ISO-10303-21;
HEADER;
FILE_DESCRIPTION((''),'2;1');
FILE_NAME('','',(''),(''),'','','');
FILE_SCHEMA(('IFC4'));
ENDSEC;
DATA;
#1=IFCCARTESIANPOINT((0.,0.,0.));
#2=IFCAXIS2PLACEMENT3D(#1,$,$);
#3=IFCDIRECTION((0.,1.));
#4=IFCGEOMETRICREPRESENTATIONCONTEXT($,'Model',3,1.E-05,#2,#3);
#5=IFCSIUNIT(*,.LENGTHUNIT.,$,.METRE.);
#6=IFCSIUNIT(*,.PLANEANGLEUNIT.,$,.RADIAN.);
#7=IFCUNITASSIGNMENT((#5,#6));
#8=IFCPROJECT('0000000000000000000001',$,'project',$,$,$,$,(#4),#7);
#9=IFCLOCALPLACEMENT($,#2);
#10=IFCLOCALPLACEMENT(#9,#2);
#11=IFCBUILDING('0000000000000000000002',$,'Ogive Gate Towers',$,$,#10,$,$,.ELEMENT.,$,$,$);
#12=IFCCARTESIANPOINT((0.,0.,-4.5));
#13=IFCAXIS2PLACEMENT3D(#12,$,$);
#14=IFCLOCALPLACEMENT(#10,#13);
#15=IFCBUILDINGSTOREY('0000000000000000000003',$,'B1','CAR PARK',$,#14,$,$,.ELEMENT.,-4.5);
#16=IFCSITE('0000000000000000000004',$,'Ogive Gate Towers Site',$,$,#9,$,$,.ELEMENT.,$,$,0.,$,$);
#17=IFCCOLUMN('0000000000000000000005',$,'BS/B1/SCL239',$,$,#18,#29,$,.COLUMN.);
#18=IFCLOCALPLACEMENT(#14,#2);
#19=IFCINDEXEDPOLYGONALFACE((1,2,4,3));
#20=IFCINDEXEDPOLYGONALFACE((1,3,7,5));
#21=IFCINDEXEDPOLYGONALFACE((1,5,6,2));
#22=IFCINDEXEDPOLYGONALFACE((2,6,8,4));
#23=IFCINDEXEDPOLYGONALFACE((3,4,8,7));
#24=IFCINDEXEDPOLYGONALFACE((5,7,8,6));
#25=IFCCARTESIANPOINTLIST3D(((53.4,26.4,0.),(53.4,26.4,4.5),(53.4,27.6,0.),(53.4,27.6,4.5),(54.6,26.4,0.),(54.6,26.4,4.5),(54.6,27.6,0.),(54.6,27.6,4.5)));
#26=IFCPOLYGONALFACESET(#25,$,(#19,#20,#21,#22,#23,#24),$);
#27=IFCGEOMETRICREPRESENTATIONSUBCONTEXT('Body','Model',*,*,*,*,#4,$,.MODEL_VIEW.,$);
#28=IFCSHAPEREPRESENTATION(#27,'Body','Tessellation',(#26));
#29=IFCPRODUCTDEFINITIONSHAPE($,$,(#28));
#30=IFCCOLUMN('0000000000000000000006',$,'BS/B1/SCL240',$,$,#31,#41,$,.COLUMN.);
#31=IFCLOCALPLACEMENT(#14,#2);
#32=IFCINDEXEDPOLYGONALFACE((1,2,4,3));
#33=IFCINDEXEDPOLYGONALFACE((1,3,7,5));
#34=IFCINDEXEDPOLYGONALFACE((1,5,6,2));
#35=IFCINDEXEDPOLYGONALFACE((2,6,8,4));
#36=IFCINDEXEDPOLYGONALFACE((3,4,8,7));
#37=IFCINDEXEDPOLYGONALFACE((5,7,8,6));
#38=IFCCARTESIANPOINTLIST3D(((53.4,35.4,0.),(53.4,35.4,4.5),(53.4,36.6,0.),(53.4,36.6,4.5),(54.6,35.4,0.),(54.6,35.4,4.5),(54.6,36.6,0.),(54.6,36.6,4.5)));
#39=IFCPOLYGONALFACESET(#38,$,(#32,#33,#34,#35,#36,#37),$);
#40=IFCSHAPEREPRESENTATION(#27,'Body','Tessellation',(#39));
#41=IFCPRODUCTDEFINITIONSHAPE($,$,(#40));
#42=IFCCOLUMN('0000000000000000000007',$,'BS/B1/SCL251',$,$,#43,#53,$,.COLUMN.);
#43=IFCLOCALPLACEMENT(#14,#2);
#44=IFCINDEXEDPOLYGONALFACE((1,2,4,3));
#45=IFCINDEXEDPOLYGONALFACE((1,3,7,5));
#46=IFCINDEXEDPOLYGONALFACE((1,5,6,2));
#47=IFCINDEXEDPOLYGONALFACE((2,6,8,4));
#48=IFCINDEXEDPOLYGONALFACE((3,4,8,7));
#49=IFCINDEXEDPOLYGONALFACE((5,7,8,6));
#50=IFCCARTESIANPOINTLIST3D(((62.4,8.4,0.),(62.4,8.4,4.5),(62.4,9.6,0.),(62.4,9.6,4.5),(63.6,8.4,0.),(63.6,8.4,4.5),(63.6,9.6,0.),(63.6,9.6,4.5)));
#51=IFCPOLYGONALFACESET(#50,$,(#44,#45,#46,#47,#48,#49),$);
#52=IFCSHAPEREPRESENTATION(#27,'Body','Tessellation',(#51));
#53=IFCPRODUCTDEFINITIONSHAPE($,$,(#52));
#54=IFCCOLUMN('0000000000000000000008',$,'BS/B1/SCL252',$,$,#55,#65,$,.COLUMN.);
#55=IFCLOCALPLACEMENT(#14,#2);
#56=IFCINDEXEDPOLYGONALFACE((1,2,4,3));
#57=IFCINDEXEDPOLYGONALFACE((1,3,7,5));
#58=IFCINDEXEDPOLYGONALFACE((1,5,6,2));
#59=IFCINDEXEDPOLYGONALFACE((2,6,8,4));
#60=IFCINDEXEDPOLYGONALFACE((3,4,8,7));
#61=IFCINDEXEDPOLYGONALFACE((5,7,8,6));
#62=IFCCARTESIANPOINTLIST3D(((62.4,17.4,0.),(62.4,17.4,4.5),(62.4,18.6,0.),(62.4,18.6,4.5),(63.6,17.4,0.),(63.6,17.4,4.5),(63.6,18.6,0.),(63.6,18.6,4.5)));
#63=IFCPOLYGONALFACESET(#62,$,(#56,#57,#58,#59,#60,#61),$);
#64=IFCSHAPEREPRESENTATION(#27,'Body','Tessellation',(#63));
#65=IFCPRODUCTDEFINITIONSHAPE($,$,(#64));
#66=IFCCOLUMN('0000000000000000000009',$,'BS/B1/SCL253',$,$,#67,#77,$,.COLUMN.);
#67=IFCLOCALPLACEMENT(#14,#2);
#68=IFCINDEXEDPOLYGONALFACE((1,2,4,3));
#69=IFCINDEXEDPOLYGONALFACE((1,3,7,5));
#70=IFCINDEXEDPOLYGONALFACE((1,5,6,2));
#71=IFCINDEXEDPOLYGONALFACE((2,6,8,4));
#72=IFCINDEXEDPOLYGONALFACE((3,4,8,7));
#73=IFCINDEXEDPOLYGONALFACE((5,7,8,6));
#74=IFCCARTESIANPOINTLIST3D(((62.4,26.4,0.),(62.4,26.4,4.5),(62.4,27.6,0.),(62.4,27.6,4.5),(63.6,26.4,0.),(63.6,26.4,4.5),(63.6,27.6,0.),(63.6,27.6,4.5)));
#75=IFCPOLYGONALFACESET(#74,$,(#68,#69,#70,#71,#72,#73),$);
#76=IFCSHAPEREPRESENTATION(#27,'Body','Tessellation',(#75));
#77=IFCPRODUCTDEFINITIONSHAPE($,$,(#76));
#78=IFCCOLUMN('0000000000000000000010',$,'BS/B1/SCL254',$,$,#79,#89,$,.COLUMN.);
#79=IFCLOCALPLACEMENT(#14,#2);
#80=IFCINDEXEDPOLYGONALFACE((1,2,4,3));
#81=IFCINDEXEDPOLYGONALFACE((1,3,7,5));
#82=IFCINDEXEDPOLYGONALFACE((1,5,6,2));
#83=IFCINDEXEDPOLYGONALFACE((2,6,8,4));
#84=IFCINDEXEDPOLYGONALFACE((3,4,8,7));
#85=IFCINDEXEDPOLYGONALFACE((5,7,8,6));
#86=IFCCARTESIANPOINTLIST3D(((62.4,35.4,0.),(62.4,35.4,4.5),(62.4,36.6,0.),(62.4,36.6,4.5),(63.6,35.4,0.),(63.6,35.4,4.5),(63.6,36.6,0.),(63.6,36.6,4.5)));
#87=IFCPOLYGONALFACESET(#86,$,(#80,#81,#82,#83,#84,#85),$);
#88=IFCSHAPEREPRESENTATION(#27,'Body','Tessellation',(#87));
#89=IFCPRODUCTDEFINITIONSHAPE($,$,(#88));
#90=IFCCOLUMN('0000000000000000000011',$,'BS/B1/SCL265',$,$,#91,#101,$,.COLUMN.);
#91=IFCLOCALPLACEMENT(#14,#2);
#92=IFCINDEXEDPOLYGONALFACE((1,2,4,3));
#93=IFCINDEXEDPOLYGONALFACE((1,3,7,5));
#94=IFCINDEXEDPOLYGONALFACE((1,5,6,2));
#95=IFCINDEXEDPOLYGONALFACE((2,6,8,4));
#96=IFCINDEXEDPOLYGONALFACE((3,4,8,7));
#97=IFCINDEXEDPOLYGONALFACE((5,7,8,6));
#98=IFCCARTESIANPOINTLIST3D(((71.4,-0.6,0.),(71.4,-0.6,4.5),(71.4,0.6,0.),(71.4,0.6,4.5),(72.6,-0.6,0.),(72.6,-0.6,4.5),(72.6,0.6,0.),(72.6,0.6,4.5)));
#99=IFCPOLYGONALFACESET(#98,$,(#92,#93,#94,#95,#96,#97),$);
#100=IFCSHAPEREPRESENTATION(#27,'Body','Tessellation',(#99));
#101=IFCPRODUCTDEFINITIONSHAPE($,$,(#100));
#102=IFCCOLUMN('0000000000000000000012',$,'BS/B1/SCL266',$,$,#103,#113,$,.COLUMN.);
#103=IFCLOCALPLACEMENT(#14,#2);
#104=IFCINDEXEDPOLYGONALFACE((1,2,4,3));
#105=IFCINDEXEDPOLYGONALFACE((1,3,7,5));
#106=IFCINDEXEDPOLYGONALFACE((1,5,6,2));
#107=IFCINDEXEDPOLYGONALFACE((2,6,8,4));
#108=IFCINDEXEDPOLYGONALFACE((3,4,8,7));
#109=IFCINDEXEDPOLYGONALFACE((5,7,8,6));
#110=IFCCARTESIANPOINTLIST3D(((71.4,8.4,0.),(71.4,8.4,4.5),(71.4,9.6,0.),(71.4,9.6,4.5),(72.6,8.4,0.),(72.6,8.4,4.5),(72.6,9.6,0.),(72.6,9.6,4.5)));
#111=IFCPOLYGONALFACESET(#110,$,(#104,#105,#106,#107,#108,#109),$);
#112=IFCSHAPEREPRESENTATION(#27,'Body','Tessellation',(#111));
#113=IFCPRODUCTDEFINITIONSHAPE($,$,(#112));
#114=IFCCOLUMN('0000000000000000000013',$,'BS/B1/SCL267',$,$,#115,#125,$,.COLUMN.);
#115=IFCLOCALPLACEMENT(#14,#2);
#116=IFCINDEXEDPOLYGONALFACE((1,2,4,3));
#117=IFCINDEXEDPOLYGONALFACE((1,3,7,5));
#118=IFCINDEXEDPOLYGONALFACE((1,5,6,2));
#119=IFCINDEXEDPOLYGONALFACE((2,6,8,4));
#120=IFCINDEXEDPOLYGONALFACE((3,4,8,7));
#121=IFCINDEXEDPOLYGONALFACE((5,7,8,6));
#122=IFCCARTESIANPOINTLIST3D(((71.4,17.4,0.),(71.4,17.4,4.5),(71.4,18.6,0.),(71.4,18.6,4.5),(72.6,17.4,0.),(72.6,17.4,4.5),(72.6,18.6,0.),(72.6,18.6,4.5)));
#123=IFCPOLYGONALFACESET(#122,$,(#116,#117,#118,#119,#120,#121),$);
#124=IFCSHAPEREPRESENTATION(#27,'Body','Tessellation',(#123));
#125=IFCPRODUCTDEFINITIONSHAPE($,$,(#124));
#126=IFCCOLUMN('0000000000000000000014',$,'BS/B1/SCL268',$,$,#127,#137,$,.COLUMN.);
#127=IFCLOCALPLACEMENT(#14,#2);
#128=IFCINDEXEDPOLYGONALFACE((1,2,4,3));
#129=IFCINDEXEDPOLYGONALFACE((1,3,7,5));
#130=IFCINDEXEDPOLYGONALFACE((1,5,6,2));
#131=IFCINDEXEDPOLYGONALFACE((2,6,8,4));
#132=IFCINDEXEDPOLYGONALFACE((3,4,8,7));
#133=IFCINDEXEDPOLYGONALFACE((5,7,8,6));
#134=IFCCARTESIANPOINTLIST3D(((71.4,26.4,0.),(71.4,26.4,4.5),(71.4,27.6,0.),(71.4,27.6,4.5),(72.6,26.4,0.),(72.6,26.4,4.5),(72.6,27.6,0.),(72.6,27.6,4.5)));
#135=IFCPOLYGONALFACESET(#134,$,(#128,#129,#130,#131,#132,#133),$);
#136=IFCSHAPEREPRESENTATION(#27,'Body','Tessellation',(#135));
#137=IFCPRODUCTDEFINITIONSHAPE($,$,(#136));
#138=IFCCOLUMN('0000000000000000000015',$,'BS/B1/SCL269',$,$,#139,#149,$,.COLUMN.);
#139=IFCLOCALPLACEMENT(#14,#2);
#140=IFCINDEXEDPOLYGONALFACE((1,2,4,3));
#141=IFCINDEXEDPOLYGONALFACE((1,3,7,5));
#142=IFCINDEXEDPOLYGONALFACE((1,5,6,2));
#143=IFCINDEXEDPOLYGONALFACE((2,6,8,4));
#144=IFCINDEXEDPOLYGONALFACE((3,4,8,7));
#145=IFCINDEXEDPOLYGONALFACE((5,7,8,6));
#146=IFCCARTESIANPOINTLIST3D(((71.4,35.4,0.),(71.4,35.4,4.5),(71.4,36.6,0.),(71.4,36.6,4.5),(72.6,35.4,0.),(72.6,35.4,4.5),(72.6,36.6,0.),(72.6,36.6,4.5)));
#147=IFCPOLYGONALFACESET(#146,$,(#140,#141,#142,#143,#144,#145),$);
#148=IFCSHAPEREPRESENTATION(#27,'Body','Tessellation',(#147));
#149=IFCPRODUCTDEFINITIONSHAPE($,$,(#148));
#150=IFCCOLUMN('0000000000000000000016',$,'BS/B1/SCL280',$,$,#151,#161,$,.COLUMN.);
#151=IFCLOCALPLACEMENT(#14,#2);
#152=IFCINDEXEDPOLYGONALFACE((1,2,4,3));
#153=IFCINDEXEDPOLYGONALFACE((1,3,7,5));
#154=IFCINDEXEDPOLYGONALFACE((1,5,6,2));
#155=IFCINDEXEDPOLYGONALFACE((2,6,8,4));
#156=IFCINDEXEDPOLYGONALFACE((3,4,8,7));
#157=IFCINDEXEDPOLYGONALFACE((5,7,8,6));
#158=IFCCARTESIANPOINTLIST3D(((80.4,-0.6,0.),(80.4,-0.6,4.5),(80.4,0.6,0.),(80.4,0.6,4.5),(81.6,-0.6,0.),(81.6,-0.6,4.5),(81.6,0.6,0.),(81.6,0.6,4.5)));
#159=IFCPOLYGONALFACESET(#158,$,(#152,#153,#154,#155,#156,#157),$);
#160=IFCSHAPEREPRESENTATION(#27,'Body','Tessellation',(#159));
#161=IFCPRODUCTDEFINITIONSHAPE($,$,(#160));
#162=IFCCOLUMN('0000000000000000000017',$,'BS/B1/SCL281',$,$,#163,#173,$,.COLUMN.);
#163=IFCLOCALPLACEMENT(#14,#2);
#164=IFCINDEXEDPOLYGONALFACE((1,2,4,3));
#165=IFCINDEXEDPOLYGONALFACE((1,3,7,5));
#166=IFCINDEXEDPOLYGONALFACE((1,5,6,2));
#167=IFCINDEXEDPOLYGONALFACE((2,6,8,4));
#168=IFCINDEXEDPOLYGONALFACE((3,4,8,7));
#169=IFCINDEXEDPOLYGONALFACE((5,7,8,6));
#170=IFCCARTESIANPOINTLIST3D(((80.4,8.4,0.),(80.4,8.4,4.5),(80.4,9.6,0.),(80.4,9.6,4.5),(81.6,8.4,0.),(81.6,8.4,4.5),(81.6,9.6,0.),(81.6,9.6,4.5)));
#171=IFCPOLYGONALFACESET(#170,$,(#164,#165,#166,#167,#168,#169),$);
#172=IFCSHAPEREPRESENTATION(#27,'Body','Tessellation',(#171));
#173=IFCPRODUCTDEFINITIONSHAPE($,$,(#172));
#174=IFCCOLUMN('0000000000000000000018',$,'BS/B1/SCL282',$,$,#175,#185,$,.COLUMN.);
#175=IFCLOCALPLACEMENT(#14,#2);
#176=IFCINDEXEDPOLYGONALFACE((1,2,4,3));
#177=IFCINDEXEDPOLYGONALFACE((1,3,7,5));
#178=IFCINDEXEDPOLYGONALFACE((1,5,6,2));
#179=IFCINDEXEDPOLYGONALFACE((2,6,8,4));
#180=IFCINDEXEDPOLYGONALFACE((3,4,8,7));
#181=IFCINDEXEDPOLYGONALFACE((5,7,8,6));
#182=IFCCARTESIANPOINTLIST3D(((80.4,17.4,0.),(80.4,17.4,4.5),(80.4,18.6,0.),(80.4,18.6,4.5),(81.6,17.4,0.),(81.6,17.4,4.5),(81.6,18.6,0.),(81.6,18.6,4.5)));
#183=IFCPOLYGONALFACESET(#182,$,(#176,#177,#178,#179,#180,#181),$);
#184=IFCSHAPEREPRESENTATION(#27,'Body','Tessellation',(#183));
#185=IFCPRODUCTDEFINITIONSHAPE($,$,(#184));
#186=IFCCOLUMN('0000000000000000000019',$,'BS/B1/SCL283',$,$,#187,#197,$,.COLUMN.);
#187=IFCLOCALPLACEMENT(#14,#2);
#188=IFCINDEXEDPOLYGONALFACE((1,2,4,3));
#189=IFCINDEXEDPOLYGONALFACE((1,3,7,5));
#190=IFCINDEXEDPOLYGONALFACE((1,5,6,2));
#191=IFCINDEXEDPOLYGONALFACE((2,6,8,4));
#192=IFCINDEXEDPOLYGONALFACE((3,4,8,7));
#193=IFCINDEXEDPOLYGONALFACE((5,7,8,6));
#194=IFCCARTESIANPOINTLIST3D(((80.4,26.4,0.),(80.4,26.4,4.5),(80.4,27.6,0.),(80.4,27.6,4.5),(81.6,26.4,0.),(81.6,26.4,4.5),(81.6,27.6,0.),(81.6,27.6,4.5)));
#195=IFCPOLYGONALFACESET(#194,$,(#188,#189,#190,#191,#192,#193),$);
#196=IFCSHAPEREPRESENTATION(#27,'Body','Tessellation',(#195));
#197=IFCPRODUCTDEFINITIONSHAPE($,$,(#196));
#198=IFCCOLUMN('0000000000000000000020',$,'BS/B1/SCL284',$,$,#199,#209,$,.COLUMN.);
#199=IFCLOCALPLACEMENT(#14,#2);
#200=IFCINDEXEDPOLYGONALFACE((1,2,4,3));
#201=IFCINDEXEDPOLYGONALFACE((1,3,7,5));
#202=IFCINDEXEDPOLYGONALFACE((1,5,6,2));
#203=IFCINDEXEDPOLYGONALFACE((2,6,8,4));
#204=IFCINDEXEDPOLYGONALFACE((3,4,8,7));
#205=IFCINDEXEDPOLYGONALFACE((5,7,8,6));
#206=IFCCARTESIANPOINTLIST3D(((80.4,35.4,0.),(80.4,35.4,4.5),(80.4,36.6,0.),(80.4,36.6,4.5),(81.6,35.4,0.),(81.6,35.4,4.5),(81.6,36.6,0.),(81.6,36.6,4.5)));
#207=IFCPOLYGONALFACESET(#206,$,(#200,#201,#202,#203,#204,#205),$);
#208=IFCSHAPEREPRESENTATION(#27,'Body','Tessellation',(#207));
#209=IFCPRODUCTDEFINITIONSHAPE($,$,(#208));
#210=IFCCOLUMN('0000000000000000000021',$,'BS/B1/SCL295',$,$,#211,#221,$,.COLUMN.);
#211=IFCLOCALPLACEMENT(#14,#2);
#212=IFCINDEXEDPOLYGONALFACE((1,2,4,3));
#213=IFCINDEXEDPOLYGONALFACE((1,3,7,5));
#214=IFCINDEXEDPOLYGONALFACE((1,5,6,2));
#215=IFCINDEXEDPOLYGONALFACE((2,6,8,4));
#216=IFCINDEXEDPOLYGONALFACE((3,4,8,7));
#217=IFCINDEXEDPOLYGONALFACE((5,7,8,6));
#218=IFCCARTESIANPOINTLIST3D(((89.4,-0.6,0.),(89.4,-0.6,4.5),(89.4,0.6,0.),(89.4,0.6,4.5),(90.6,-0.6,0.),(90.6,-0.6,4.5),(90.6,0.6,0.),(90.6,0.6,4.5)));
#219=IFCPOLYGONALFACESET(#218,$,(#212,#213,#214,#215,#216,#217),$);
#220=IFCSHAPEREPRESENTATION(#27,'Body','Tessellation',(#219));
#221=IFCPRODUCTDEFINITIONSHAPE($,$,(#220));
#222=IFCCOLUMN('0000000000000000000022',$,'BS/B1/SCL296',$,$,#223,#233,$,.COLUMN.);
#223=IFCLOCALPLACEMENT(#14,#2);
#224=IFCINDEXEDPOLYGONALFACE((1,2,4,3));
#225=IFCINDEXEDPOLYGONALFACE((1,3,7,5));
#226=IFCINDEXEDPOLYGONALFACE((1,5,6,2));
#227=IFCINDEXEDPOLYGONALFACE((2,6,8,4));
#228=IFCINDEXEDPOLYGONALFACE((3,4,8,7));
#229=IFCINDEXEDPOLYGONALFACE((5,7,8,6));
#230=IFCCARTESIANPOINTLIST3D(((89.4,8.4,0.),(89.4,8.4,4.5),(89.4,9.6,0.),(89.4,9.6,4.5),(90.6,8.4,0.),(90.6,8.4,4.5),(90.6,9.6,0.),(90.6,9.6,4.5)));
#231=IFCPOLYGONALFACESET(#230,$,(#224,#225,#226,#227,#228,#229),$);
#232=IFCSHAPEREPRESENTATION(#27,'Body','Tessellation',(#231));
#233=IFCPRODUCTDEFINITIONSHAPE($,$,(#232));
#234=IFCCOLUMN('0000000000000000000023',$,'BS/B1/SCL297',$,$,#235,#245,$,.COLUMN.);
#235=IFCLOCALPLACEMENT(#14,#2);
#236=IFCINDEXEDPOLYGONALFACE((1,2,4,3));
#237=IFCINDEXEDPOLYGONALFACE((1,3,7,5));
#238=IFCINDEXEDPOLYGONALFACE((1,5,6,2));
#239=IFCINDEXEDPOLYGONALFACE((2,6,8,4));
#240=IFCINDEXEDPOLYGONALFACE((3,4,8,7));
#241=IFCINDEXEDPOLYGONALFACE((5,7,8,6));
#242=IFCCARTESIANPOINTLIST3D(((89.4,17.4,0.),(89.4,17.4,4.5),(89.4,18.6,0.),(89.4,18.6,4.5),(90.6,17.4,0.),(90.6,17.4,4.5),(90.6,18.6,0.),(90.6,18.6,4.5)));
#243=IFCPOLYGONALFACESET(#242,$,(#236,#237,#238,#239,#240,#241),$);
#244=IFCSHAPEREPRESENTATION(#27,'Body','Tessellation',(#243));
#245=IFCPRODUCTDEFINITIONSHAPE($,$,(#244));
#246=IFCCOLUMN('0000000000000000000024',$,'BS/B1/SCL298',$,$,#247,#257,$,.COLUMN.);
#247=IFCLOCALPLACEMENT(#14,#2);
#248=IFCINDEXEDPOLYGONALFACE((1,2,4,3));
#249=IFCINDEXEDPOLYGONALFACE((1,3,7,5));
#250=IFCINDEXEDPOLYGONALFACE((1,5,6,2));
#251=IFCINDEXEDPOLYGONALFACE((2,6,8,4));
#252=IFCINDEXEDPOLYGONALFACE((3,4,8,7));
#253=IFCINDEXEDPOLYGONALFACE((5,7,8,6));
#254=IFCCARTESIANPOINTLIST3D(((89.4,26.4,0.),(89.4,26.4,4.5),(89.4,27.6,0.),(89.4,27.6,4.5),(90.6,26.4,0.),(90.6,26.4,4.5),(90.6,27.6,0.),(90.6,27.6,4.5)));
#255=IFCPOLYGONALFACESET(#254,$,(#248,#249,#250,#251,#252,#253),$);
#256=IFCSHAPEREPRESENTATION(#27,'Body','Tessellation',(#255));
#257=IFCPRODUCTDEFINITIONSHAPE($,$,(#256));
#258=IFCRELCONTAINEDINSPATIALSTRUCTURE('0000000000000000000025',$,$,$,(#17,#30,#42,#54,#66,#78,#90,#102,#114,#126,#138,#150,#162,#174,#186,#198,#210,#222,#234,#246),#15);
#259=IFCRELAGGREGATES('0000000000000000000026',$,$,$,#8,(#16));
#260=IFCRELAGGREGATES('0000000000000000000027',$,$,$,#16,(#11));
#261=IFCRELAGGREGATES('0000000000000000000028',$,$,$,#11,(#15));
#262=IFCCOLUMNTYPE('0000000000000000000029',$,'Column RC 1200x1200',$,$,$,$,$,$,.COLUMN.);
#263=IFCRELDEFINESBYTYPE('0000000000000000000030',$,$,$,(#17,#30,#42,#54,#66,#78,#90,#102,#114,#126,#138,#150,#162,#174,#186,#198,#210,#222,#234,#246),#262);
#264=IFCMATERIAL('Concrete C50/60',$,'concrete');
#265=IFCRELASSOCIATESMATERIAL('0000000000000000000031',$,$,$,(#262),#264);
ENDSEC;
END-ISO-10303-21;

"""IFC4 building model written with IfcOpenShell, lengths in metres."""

from ifc_helpers import new_model, si_unit, direction, frame, origin, origin_2d, place, context, subcontext, project, spatial, rectangle, extrude, material, material_profile, profile_set, type_object, element, save


model = new_model("IFC4")

# Units and contexts
model_context = context("Model", 3, precision=1e-05, world=origin(), true_north=direction((0.0, 1.0)))
body_context = subcontext(model_context, "Body", "Model", "MODEL_VIEW")
ifc_project = project(units=[si_unit("LENGTHUNIT", "METRE"), si_unit("PLANEANGLEUNIT", "RADIAN")], contexts=[model_context])

# Site, building, storey
site_placement = place(None, origin())
site = spatial("IfcSite", under=ifc_project, at=site_placement, Name="Ogive Gate Towers Site", CompositionType="ELEMENT", RefElevation=0.0)
building_placement = place(site_placement, origin())
building = spatial("IfcBuilding", under=site, at=building_placement, Name="Ogive Gate Towers", CompositionType="ELEMENT")
storey_placement = place(building_placement, frame((0.0, 0.0, -4.5)))
storey = spatial("IfcBuildingStorey", under=building, at=storey_placement, Name="B1", Description="CAR PARK", CompositionType="ELEMENT", Elevation=-4.5)

# Columns
ifc_material_1 = material(Name="Concrete C50/60", Category="concrete")
ifc_material_profile_1 = material_profile(ifc_material_1, rectangle(XDim=1.2, YDim=1.2, at=origin_2d()), Name="RC 1200x1200")
ifc_profile_set_1 = profile_set([ifc_material_profile_1], Name="Concrete C50/60")
column_type_1 = type_object("IfcColumnType", Name="Column RC 1200x1200", PredefinedType="COLUMN", material=ifc_profile_set_1)
for number, where, z_axis, x_axis, name in (
    (1, (54.0, 27.0, 0.0), (0.0, 0.0, 1.0), (1.0, 0.0, 0.0), "BS/B1/SCL239"),
    (2, (54.0, 36.0, 0.0), (0.0, 0.0, 1.0), (1.0, 0.0, 0.0), "BS/B1/SCL240"),
    (3, (63.0, 9.0, 0.0), (0.0, 0.0, 1.0), (1.0, 0.0, 0.0), "BS/B1/SCL251"),
    (4, (63.0, 18.0, 0.0), (0.0, 0.0, 1.0), (1.0, 0.0, 0.0), "BS/B1/SCL252"),
    (5, (63.0, 27.0, 0.0), (0.0, 0.0, 1.0), (1.0, 0.0, 0.0), "BS/B1/SCL253"),
    (6, (63.0, 36.0, 0.0), (0.0, 0.0, 1.0), (1.0, 0.0, 0.0), "BS/B1/SCL254"),
    (7, (72.0, 0.0, 0.0), (0.0, 0.0, 1.0), (1.0, 0.0, 0.0), "BS/B1/SCL265"),
    (8, (72.0, 9.0, 0.0), (0.0, 0.0, 1.0), (1.0, 0.0, 0.0), "BS/B1/SCL266"),
    (9, (72.0, 18.0, 0.0), (0.0, 0.0, 1.0), (1.0, 0.0, 0.0), "BS/B1/SCL267"),
    (10, (72.0, 27.0, 0.0), (0.0, 0.0, 1.0), (1.0, 0.0, 0.0), "BS/B1/SCL268"),
    (11, (72.0, 36.0, 0.0), (0.0, 0.0, 1.0), (1.0, 0.0, 0.0), "BS/B1/SCL269"),
    (12, (81.0, 0.0, 0.0), (0.0, 0.0, 1.0), (1.0, 0.0, 0.0), "BS/B1/SCL280"),
    (13, (81.0, 9.0, 0.0), (0.0, 0.0, 1.0), (1.0, 0.0, 0.0), "BS/B1/SCL281"),
    (14, (81.0, 18.0, 0.0), (0.0, 0.0, 1.0), (1.0, 0.0, 0.0), "BS/B1/SCL282"),
    (15, (81.0, 27.0, 0.0), (0.0, 0.0, 1.0), (1.0, 0.0, 0.0), "BS/B1/SCL283"),
    (16, (81.0, 36.0, 0.0), (0.0, 0.0, 1.0), (1.0, 0.0, 0.0), "BS/B1/SCL284"),
    (17, (90.0, 0.0, 0.0), (0.0, 0.0, 1.0), (1.0, 0.0, 0.0), "BS/B1/SCL295"),
    (18, (90.0, 9.0, 0.0), (0.0, 0.0, 1.0), (1.0, 0.0, 0.0), "BS/B1/SCL296"),
    (19, (90.0, 18.0, 0.0), (0.0, 0.0, 1.0), (1.0, 0.0, 0.0), "BS/B1/SCL297"),
    (20, (90.0, 27.0, 0.0), (0.0, 0.0, 1.0), (1.0, 0.0, 0.0), "BS/B1/SCL298"),
):
    element("IfcColumn", number, at=place(storey_placement, frame(where, z_axis=z_axis, x_axis=x_axis)), inside=storey, type_object=column_type_1, Name=name, PredefinedType="COLUMN", context=body_context, shape_type="SweptSolid", body=[
        extrude(rectangle(XDim=1.2, YDim=1.2, at=origin_2d()), origin(), (0.0, 0.0, 1.0), 4.5),
    ])

save(model, "model.ifc")
